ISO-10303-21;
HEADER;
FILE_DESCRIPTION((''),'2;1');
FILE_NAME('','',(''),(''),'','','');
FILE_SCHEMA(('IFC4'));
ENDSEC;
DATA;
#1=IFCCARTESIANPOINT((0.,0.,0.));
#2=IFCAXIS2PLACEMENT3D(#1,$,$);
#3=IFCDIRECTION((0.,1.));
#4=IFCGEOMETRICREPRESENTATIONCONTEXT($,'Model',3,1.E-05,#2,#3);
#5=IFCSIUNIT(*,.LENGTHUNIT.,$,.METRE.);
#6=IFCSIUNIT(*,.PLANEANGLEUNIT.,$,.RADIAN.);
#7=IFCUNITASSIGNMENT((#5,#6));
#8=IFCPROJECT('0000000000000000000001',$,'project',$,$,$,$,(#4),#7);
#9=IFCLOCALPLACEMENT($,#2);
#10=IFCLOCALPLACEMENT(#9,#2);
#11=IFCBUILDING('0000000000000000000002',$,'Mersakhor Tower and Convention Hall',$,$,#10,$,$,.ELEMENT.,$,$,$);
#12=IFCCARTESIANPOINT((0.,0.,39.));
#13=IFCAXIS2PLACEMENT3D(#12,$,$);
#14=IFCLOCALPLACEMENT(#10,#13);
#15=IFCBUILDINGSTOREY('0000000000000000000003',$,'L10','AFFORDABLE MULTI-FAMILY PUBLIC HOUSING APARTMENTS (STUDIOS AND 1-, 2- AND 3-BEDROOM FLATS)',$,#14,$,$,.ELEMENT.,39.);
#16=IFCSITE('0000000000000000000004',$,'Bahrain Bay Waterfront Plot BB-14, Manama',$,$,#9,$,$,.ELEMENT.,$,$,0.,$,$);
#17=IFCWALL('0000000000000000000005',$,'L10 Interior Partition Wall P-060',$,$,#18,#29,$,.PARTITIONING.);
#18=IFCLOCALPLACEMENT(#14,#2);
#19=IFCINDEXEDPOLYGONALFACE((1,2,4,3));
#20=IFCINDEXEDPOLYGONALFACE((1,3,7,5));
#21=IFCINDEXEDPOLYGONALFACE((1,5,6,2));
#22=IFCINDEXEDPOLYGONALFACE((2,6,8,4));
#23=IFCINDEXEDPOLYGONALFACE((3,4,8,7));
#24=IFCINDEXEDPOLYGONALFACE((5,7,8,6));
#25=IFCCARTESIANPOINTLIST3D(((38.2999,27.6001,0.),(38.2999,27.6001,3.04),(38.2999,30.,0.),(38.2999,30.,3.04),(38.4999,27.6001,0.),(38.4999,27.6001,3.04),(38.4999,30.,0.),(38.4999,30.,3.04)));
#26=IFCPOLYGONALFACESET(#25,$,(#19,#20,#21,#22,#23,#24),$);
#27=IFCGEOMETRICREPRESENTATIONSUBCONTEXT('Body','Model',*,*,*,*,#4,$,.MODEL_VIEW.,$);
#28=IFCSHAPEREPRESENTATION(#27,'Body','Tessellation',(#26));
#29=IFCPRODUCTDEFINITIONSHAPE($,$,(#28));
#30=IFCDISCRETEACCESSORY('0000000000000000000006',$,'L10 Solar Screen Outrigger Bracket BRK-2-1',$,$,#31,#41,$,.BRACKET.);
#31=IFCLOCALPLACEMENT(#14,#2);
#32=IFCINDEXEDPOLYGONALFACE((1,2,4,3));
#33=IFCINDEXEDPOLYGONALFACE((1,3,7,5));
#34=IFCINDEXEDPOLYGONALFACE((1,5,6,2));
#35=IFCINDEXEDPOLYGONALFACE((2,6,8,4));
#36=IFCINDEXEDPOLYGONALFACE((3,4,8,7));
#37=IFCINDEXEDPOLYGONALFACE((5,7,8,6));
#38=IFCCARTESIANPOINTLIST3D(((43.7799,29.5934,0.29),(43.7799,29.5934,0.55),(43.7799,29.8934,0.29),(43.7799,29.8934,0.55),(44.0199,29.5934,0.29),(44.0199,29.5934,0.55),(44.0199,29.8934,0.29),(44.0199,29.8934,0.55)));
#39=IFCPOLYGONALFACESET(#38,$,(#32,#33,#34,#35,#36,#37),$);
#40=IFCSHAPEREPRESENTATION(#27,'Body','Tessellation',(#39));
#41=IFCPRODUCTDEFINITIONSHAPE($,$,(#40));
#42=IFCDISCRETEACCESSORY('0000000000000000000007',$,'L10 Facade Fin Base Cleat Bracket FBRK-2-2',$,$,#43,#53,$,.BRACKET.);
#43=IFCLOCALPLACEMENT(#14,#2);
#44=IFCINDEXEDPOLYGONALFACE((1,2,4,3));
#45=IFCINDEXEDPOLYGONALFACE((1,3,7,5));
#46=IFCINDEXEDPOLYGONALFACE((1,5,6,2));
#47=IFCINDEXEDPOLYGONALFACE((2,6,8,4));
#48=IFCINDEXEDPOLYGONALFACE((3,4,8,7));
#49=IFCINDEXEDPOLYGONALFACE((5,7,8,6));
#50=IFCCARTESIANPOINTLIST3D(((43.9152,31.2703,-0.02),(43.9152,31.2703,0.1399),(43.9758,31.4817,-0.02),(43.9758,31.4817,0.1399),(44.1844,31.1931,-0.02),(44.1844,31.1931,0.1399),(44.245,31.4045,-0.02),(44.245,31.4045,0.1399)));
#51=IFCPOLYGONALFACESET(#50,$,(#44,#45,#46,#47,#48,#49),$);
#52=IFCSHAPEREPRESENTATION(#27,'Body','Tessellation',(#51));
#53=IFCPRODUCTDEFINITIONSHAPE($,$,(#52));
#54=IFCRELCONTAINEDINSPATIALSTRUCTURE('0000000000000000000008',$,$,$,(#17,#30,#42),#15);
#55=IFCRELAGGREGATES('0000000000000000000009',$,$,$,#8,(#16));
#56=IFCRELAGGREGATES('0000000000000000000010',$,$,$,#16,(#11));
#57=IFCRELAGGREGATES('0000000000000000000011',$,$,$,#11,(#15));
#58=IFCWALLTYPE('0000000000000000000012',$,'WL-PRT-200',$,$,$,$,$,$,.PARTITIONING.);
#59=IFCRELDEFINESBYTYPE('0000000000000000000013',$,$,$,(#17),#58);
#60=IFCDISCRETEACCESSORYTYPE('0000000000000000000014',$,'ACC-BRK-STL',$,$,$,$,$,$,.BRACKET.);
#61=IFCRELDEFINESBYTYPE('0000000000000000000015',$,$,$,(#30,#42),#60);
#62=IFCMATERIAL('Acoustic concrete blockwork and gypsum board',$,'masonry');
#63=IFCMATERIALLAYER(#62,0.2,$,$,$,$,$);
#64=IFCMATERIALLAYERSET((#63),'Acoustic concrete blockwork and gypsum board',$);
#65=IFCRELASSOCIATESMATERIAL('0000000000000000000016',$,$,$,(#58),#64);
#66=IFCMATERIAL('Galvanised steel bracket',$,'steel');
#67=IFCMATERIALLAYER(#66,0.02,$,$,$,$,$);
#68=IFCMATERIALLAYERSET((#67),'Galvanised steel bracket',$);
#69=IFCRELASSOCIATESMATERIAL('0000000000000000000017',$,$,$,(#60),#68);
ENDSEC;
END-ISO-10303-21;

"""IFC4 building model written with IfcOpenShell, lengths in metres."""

from ifc_helpers import new_model, si_unit, direction, frame, frame_2d, origin, origin_2d, place, context, subcontext, project, spatial, rectangle, extrude, material, layer, layer_set, type_object, element, save


model = new_model("IFC4")

# Units and contexts
model_context = context("Model", 3, precision=1e-05, world=origin(), true_north=direction((0.0, 1.0)))
body_context = subcontext(model_context, "Body", "Model", "MODEL_VIEW")
ifc_project = project(units=[si_unit("LENGTHUNIT", "METRE"), si_unit("PLANEANGLEUNIT", "RADIAN")], contexts=[model_context])

# Site, building, storey
site_placement = place(None, origin())
site = spatial("IfcSite", under=ifc_project, at=site_placement, Name="Bahrain Bay Waterfront Plot BB-14, Manama", CompositionType="ELEMENT", RefElevation=0.0)
building_placement = place(site_placement, origin())
building = spatial("IfcBuilding", under=site, at=building_placement, Name="Mersakhor Tower and Convention Hall", CompositionType="ELEMENT")
storey_placement = place(building_placement, frame((0.0, 0.0, 39.0)))
storey = spatial("IfcBuildingStorey", under=building, at=storey_placement, Name="L10", Description="AFFORDABLE MULTI-FAMILY PUBLIC HOUSING APARTMENTS (STUDIOS AND 1-, 2- AND 3-BEDROOM FLATS)", CompositionType="ELEMENT", Elevation=39.0)

# Wall
ifc_material_1 = material(Name="Acoustic concrete blockwork and gypsum board", Category="masonry")
ifc_layer_1 = layer(ifc_material_1, 0.2)
ifc_layer_set_1 = layer_set([ifc_layer_1], Name="Acoustic concrete blockwork and gypsum board")
wall_type_1 = type_object("IfcWallType", Name="WL-PRT-200", PredefinedType="PARTITIONING", material=ifc_layer_set_1)
wall_1_placement = place(storey_placement, frame((38.3999, 30.0, 0.0), z_axis=(0.0, 0.0, 1.0), x_axis=(0.0, -1.0, 0.0)))
element("IfcWall", 1, at=wall_1_placement, inside=storey, type_object=wall_type_1, Name="L10 Interior Partition Wall P-060", PredefinedType="PARTITIONING", context=body_context, shape_type="SweptSolid", body=[
    extrude(rectangle(XDim=2.3999, YDim=0.2, at=frame_2d((1.2, 0.0))), origin(), (0.0, 0.0, 1.0), 3.04),
])

# Discrete accessories
ifc_material_2 = material(Name="Galvanised steel bracket", Category="steel")
ifc_layer_2 = layer(ifc_material_2, 0.02)
ifc_layer_set_2 = layer_set([ifc_layer_2], Name="Galvanised steel bracket")
discrete_accessory_type = type_object("IfcDiscreteAccessoryType", Name="ACC-BRK-STL", PredefinedType="BRACKET", material=ifc_layer_set_2)
discrete_accessory_1_placement = place(storey_placement, frame((43.8999, 29.7434, 0.29), z_axis=(0.0, 0.0, 1.0), x_axis=(0.0, -1.0, 0.0)))
element("IfcDiscreteAccessory", 2, at=discrete_accessory_1_placement, inside=storey, type_object=discrete_accessory_type, Name="L10 Solar Screen Outrigger Bracket BRK-2-1", PredefinedType="BRACKET", context=body_context, shape_type="SweptSolid", body=[
    extrude(rectangle(XDim=0.3, YDim=0.24, at=origin_2d()), origin(), (0.0, 0.0, 1.0), 0.26),
])
discrete_accessory_2_placement = place(storey_placement, frame((44.0801, 31.3374, -0.02), z_axis=(0.0, 0.0, 1.0), x_axis=(0.961262, -0.275637, 0.0)))
element("IfcDiscreteAccessory", 3, at=discrete_accessory_2_placement, inside=storey, type_object=discrete_accessory_type, Name="L10 Facade Fin Base Cleat Bracket FBRK-2-2", PredefinedType="BRACKET", context=body_context, shape_type="SweptSolid", body=[
    extrude(rectangle(XDim=0.28, YDim=0.22, at=origin_2d()), origin(), (0.0, 0.0, 1.0), 0.1599),
])

save(model, "model.ifc")
